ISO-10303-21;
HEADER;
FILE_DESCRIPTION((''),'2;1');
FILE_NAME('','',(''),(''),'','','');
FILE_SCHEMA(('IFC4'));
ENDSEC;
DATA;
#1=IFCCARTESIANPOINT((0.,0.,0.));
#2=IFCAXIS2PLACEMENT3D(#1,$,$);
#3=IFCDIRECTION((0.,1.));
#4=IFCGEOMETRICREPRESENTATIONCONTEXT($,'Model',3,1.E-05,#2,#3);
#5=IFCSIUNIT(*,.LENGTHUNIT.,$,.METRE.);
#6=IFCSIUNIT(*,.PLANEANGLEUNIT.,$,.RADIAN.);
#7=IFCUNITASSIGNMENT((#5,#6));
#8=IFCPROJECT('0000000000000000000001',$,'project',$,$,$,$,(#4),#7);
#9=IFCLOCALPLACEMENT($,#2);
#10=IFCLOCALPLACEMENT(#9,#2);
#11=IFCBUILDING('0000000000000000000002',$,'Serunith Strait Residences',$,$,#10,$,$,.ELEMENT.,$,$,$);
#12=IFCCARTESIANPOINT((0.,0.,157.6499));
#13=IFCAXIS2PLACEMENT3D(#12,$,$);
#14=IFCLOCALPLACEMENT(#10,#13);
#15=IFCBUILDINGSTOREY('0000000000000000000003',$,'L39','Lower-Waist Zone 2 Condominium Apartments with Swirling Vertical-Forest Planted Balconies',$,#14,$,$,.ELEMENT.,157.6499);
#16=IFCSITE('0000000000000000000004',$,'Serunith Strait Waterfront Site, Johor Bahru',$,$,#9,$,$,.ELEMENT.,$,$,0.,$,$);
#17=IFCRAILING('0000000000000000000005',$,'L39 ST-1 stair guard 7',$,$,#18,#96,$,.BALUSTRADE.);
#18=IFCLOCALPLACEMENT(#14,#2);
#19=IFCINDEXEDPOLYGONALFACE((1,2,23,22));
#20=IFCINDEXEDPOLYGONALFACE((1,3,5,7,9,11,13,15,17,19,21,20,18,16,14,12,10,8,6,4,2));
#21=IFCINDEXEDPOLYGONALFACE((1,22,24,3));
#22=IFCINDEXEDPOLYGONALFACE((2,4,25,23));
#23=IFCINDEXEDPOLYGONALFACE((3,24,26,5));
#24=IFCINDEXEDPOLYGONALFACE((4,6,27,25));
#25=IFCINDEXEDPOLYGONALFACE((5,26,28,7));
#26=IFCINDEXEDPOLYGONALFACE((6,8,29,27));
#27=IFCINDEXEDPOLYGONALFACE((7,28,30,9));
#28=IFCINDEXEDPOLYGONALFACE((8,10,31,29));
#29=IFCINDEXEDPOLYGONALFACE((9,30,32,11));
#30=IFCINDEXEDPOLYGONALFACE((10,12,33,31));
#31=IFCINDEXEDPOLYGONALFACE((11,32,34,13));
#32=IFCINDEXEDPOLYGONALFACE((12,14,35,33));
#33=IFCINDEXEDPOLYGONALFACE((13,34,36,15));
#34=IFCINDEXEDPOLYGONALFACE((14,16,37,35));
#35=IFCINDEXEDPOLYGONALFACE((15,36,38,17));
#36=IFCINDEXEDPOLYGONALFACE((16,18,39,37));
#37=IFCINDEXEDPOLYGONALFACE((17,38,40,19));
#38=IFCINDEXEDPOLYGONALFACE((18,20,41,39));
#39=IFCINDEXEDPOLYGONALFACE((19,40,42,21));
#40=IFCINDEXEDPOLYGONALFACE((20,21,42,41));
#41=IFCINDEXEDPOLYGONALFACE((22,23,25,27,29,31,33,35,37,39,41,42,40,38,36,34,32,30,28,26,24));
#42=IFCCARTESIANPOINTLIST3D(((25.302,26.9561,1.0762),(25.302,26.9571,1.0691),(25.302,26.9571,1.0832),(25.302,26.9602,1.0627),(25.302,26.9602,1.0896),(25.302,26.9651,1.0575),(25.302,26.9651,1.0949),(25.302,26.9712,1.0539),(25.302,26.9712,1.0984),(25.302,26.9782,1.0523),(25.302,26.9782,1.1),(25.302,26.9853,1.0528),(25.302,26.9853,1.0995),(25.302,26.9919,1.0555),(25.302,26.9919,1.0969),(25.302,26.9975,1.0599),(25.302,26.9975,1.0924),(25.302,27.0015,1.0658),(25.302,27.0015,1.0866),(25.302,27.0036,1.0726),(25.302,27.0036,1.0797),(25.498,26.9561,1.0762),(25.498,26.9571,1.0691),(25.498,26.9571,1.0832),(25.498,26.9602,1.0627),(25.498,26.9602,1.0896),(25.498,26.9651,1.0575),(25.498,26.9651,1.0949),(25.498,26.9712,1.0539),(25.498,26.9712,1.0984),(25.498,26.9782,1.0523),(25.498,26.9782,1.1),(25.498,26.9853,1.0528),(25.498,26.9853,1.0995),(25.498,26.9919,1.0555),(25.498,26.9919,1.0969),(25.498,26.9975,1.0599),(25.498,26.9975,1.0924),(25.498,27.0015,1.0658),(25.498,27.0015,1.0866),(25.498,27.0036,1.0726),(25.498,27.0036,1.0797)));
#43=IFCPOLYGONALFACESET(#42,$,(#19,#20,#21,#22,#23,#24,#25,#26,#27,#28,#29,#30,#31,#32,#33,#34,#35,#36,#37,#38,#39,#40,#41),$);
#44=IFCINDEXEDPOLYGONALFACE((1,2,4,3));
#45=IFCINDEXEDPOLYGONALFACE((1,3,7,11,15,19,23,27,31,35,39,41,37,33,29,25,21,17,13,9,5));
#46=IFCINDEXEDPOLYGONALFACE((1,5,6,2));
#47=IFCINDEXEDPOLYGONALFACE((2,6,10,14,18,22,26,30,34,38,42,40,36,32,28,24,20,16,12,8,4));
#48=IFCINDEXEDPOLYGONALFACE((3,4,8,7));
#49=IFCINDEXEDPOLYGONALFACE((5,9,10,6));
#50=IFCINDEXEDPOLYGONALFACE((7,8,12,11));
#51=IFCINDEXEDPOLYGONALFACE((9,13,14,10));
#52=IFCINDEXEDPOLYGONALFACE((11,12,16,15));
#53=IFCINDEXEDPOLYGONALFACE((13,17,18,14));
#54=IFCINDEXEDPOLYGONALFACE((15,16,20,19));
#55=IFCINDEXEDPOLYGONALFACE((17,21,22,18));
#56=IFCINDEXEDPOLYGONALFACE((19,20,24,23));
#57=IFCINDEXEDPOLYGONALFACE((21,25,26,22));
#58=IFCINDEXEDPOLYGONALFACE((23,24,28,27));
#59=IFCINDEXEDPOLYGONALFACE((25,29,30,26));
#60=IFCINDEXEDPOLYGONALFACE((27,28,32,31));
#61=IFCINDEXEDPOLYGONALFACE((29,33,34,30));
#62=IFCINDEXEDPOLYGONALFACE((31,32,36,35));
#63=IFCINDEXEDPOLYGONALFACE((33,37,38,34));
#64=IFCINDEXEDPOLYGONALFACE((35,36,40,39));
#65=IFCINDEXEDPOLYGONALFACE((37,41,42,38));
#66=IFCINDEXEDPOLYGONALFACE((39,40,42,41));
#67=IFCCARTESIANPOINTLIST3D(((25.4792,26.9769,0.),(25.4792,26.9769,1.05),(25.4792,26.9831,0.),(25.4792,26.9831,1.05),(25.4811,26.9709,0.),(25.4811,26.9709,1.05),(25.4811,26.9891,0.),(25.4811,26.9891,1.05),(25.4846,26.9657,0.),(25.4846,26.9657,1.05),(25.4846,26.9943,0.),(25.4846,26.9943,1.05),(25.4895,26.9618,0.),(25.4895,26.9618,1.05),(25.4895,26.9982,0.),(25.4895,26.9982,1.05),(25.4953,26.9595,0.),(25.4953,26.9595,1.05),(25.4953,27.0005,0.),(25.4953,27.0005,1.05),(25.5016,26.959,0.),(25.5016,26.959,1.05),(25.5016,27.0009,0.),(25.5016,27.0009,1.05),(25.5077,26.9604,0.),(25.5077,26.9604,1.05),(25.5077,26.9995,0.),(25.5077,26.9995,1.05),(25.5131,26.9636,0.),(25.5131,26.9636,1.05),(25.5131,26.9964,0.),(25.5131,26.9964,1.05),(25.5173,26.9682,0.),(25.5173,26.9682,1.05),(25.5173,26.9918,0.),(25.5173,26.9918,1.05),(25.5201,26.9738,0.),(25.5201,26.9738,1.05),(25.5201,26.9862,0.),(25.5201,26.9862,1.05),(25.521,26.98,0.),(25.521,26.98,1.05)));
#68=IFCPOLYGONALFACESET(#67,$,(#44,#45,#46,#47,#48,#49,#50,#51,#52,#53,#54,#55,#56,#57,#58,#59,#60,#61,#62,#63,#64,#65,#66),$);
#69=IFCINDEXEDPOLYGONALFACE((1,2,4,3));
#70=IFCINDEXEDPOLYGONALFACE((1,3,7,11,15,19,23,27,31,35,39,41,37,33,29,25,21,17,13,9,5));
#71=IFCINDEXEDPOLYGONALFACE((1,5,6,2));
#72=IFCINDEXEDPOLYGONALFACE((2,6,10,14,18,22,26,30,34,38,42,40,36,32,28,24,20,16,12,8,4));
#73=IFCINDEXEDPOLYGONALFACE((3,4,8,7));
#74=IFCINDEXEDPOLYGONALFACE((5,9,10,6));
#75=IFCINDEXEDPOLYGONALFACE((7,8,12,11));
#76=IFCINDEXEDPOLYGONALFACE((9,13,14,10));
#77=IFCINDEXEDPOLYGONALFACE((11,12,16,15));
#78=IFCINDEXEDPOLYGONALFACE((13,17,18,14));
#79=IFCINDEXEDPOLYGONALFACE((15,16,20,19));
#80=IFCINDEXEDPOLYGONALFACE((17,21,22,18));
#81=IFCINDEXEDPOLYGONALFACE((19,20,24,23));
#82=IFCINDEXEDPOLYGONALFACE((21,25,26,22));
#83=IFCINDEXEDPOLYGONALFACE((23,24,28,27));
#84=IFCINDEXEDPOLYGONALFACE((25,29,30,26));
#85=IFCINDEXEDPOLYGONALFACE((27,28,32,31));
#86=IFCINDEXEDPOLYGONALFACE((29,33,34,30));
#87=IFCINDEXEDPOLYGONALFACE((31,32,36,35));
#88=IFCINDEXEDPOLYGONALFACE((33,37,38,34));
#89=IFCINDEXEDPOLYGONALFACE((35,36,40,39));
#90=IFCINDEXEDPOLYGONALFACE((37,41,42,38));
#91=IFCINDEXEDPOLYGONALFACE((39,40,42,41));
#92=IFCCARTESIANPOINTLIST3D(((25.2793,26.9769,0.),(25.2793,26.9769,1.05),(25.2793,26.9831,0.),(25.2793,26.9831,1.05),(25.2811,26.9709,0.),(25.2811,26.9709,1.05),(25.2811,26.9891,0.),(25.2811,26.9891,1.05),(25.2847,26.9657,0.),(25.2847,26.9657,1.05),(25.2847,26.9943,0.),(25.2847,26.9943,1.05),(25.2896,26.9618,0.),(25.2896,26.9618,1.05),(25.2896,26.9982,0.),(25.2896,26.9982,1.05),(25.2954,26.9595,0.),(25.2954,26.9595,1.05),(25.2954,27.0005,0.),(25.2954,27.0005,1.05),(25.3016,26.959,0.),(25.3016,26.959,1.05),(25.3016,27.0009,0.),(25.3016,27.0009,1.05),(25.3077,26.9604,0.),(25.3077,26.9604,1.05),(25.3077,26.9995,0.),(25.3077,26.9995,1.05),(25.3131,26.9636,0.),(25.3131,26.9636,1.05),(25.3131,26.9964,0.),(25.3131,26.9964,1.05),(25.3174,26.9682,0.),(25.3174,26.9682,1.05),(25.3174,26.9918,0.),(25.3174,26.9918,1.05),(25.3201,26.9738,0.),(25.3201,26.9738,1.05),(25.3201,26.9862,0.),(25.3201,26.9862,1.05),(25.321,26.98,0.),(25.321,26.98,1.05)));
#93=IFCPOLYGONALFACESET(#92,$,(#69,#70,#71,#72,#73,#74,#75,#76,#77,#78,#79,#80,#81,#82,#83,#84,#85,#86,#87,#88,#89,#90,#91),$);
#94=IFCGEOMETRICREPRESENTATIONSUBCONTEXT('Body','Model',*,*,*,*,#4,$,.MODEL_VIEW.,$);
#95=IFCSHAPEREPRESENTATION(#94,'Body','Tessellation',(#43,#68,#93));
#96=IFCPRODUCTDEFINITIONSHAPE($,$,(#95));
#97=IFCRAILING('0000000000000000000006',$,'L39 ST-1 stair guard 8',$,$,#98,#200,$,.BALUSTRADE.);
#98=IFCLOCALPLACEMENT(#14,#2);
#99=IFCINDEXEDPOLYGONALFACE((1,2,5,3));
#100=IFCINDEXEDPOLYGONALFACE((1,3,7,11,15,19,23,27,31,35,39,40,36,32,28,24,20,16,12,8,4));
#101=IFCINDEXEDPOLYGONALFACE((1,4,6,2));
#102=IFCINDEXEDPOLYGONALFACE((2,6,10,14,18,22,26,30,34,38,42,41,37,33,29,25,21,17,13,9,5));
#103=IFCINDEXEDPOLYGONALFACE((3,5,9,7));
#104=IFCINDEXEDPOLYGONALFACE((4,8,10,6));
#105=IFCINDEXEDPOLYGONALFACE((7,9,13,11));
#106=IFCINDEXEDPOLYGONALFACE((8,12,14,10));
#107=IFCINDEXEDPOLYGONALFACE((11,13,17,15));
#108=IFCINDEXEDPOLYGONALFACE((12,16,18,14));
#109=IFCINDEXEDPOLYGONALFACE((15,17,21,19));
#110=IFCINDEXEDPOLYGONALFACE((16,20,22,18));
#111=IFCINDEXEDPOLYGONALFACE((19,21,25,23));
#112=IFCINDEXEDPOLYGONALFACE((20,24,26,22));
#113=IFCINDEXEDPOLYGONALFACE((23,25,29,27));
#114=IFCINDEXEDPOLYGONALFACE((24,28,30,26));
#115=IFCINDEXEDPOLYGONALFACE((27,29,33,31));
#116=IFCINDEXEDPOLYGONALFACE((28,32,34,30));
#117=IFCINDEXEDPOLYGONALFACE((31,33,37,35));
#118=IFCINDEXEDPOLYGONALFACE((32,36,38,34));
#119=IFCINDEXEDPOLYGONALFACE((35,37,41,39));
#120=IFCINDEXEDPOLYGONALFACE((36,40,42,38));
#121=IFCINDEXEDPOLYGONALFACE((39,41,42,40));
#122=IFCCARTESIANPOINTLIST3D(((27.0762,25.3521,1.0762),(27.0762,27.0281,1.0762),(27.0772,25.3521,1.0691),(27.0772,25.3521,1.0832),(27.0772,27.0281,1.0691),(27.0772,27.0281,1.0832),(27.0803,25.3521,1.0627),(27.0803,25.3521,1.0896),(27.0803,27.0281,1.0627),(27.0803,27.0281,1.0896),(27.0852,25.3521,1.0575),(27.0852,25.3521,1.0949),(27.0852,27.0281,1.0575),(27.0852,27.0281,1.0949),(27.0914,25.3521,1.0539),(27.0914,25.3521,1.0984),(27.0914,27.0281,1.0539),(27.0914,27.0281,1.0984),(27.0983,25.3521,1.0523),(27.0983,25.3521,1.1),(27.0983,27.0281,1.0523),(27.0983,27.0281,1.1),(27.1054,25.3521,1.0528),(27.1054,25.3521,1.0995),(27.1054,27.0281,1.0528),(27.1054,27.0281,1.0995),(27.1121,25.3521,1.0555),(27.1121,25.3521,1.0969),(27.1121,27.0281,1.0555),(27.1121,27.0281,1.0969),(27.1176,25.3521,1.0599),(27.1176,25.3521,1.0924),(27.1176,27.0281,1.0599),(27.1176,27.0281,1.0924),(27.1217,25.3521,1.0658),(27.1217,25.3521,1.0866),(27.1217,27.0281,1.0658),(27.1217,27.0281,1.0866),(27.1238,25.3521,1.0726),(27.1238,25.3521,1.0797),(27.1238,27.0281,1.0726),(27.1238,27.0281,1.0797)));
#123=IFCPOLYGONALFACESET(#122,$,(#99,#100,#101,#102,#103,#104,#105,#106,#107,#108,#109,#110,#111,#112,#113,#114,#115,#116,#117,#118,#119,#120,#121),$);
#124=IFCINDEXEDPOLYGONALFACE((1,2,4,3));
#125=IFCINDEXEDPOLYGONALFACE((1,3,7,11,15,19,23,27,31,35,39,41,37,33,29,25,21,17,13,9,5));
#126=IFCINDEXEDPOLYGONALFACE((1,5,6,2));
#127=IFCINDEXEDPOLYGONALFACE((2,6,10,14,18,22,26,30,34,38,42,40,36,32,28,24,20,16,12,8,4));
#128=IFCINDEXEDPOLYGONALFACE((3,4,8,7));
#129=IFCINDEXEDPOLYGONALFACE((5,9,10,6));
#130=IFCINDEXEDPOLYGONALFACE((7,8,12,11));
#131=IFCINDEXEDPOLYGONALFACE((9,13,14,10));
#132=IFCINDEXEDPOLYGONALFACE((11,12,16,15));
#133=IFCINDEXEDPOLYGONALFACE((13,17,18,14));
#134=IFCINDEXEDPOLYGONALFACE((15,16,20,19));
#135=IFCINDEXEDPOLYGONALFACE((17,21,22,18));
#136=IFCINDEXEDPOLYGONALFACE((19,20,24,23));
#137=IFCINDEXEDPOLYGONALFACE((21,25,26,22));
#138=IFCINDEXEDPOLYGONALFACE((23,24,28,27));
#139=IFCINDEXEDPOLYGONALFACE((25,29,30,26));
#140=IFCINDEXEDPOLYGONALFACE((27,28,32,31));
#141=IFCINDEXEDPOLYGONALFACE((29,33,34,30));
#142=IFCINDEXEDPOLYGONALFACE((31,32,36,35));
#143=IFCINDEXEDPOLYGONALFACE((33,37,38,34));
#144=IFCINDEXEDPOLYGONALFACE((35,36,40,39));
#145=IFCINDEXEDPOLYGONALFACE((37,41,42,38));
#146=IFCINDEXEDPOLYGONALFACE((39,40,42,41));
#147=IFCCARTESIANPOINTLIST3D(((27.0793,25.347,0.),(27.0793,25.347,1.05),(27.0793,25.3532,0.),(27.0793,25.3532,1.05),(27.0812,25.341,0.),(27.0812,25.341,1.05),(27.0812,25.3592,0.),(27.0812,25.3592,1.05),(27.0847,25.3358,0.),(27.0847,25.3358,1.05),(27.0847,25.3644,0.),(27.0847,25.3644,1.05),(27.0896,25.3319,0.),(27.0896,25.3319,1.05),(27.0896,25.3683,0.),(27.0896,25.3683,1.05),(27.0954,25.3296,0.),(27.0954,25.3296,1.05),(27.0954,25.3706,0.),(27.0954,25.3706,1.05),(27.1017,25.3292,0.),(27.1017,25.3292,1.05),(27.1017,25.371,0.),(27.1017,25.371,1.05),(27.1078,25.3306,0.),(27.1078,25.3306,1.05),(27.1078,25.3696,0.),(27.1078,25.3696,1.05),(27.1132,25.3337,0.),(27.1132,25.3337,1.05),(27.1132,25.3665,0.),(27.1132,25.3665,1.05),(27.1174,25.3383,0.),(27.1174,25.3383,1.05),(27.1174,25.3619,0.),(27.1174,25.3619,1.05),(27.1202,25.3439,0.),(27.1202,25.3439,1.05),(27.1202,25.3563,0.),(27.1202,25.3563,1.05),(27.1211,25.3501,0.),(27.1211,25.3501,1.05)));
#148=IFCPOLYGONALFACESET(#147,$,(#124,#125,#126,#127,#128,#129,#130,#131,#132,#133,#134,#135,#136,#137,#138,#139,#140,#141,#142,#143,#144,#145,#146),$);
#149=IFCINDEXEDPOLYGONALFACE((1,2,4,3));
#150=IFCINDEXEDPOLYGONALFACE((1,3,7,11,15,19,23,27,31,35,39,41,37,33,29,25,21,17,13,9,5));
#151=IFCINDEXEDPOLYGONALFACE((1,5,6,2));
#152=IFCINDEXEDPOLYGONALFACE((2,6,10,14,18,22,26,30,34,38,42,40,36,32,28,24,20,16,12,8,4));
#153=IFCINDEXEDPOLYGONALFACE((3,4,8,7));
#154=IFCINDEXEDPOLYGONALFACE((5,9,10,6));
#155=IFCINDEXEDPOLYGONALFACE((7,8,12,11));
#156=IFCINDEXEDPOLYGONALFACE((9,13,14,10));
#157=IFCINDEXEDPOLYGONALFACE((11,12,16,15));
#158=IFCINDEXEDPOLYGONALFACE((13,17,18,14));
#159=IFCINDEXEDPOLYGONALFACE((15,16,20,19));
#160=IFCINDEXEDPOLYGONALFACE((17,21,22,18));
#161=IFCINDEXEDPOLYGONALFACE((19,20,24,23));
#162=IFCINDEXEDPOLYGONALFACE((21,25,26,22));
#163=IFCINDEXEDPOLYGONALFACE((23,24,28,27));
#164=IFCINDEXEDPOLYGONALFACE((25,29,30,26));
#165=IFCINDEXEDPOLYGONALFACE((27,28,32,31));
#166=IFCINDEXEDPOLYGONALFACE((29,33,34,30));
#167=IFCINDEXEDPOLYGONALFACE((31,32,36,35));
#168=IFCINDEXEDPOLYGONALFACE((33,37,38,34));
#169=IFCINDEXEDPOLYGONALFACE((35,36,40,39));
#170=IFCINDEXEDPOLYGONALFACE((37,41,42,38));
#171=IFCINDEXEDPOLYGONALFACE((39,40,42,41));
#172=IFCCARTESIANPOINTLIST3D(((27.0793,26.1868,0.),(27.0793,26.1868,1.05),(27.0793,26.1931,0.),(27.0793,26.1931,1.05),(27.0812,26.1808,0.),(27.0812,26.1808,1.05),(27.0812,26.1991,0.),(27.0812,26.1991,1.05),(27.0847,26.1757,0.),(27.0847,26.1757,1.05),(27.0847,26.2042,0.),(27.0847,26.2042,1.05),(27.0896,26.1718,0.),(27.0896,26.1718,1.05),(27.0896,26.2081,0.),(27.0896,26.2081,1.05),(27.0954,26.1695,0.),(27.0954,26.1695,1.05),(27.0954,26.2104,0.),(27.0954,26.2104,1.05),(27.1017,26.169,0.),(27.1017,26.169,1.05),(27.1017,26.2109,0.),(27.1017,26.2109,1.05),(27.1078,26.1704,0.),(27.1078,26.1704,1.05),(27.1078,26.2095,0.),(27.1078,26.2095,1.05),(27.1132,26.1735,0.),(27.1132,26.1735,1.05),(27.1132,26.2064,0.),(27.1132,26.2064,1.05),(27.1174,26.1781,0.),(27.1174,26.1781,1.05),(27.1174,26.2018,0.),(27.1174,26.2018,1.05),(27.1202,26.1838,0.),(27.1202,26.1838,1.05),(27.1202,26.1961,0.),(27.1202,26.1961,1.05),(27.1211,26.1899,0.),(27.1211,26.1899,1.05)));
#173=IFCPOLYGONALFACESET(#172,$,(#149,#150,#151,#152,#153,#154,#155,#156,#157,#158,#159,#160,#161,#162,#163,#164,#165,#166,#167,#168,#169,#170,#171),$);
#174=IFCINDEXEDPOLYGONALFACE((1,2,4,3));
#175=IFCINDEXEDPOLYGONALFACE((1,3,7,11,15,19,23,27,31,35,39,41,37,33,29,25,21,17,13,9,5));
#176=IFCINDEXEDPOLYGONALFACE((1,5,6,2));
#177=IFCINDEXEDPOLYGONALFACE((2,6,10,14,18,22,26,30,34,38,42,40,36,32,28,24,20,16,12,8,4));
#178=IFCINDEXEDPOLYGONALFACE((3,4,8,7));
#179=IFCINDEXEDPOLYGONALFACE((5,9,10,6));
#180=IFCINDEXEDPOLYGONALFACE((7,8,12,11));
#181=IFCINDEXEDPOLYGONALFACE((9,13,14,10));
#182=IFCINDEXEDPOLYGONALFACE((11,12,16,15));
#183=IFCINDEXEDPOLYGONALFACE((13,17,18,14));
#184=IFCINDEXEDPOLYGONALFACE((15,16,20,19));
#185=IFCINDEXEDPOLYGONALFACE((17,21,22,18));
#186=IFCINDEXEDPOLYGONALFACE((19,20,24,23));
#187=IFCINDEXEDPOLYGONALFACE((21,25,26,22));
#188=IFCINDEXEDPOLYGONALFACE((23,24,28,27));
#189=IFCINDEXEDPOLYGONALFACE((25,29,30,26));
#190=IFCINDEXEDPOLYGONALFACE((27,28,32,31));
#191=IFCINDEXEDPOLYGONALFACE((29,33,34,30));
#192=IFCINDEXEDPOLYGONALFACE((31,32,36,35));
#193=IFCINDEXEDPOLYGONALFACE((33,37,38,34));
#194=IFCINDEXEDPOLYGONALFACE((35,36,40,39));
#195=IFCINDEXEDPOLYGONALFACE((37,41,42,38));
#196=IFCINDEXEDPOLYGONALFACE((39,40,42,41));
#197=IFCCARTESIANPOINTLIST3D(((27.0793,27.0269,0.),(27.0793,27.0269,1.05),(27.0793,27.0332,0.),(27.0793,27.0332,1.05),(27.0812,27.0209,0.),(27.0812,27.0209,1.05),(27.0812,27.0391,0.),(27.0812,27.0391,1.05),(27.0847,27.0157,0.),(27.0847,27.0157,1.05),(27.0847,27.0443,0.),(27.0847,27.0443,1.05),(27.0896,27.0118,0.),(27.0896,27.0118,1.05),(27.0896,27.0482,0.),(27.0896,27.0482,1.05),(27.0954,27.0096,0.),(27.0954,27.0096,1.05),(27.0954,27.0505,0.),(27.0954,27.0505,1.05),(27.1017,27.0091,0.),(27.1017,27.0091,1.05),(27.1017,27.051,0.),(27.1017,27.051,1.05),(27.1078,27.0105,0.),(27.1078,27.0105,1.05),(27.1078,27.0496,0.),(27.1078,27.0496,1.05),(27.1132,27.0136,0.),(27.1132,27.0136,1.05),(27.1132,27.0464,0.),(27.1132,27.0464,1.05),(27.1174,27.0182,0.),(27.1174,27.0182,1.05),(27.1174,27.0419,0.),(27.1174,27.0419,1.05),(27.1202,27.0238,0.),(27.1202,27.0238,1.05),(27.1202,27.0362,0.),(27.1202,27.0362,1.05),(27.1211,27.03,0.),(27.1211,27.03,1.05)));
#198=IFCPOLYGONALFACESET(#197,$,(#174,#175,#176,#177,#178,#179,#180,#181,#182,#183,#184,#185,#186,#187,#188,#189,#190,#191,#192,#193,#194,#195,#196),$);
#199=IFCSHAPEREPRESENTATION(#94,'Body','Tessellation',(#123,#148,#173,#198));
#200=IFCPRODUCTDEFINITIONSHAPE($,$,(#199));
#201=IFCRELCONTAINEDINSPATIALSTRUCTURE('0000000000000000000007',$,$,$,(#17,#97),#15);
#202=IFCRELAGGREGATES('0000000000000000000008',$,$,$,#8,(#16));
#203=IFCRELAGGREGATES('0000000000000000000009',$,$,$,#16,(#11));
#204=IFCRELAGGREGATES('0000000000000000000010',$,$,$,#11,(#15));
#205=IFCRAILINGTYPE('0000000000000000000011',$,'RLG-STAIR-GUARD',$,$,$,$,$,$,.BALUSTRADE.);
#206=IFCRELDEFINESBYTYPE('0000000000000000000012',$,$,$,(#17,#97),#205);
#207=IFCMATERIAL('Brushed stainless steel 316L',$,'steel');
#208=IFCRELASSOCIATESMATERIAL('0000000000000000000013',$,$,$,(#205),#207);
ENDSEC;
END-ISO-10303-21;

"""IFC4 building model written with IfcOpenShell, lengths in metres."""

from ifc_helpers import new_model, si_unit, direction, frame, origin, origin_2d, place, context, subcontext, project, spatial, circle, extrude, material, type_object, element, save


model = new_model("IFC4")

# Units and contexts
model_context = context("Model", 3, precision=1e-05, world=origin(), true_north=direction((0.0, 1.0)))
body_context = subcontext(model_context, "Body", "Model", "MODEL_VIEW")
ifc_project = project(units=[si_unit("LENGTHUNIT", "METRE"), si_unit("PLANEANGLEUNIT", "RADIAN")], contexts=[model_context])

# Site, building, storey
site_placement = place(None, origin())
site = spatial("IfcSite", under=ifc_project, at=site_placement, Name="Serunith Strait Waterfront Site, Johor Bahru", CompositionType="ELEMENT", RefElevation=0.0)
building_placement = place(site_placement, origin())
building = spatial("IfcBuilding", under=site, at=building_placement, Name="Serunith Strait Residences", CompositionType="ELEMENT")
storey_placement = place(building_placement, frame((0.0, 0.0, 157.6499)))
storey = spatial("IfcBuildingStorey", under=building, at=storey_placement, Name="L39", Description="Lower-Waist Zone 2 Condominium Apartments with Swirling Vertical-Forest Planted Balconies", CompositionType="ELEMENT", Elevation=157.6499)

# Railings
ifc_material_1 = material(Name="Brushed stainless steel 316L", Category="steel")
railing_type_1 = type_object("IfcRailingType", Name="RLG-STAIR-GUARD", PredefinedType="BALUSTRADE", material=ifc_material_1)
railing_1_placement = place(storey_placement, frame((25.5, 26.98, 0.0)))
element("IfcRailing", 1, at=railing_1_placement, inside=storey, type_object=railing_type_1, Name="L39 ST-1 stair guard 7", PredefinedType="BALUSTRADE", context=body_context, shape_type="SweptSolid", body=[
    extrude(circle(Radius=0.0239, at=origin_2d()), frame((-0.002, 0.0, 1.0762), z_axis=(-1.0, 0.0, 0.0), x_axis=(0.0, -1.0, 0.0)), (0.0, 0.0, 1.0), 0.196),
    extrude(circle(Radius=0.021, at=origin_2d()), origin(), (0.0, 0.0, 1.0), 1.05),
    extrude(circle(Radius=0.021, at=origin_2d()), frame((-0.2, 0.0, 0.0)), (0.0, 0.0, 1.0), 1.05),
])
for number, where, name in (
    (2, (27.1001, 25.3501, 0.0), "L39 ST-1 stair guard 8"),
):
    element("IfcRailing", number, at=place(storey_placement, frame(where)), inside=storey, type_object=railing_type_1, Name=name, PredefinedType="BALUSTRADE", context=body_context, shape_type="SweptSolid", body=[
        extrude(circle(Radius=0.0239, at=origin_2d()), frame((0.0, 0.002, 1.0762), z_axis=(0.0, 1.0, 0.0), x_axis=(-1.0, 0.0, 0.0)), (0.0, 0.0, 1.0), 1.676),
        extrude(circle(Radius=0.021, at=origin_2d()), origin(), (0.0, 0.0, 1.0), 1.05),
        extrude(circle(Radius=0.021, at=origin_2d()), frame((0.0, 0.8398, 0.0)), (0.0, 0.0, 1.0), 1.05),
        extrude(circle(Radius=0.021, at=origin_2d()), frame((0.0, 1.6799, 0.0)), (0.0, 0.0, 1.0), 1.05),
    ])

save(model, "model.ifc")
